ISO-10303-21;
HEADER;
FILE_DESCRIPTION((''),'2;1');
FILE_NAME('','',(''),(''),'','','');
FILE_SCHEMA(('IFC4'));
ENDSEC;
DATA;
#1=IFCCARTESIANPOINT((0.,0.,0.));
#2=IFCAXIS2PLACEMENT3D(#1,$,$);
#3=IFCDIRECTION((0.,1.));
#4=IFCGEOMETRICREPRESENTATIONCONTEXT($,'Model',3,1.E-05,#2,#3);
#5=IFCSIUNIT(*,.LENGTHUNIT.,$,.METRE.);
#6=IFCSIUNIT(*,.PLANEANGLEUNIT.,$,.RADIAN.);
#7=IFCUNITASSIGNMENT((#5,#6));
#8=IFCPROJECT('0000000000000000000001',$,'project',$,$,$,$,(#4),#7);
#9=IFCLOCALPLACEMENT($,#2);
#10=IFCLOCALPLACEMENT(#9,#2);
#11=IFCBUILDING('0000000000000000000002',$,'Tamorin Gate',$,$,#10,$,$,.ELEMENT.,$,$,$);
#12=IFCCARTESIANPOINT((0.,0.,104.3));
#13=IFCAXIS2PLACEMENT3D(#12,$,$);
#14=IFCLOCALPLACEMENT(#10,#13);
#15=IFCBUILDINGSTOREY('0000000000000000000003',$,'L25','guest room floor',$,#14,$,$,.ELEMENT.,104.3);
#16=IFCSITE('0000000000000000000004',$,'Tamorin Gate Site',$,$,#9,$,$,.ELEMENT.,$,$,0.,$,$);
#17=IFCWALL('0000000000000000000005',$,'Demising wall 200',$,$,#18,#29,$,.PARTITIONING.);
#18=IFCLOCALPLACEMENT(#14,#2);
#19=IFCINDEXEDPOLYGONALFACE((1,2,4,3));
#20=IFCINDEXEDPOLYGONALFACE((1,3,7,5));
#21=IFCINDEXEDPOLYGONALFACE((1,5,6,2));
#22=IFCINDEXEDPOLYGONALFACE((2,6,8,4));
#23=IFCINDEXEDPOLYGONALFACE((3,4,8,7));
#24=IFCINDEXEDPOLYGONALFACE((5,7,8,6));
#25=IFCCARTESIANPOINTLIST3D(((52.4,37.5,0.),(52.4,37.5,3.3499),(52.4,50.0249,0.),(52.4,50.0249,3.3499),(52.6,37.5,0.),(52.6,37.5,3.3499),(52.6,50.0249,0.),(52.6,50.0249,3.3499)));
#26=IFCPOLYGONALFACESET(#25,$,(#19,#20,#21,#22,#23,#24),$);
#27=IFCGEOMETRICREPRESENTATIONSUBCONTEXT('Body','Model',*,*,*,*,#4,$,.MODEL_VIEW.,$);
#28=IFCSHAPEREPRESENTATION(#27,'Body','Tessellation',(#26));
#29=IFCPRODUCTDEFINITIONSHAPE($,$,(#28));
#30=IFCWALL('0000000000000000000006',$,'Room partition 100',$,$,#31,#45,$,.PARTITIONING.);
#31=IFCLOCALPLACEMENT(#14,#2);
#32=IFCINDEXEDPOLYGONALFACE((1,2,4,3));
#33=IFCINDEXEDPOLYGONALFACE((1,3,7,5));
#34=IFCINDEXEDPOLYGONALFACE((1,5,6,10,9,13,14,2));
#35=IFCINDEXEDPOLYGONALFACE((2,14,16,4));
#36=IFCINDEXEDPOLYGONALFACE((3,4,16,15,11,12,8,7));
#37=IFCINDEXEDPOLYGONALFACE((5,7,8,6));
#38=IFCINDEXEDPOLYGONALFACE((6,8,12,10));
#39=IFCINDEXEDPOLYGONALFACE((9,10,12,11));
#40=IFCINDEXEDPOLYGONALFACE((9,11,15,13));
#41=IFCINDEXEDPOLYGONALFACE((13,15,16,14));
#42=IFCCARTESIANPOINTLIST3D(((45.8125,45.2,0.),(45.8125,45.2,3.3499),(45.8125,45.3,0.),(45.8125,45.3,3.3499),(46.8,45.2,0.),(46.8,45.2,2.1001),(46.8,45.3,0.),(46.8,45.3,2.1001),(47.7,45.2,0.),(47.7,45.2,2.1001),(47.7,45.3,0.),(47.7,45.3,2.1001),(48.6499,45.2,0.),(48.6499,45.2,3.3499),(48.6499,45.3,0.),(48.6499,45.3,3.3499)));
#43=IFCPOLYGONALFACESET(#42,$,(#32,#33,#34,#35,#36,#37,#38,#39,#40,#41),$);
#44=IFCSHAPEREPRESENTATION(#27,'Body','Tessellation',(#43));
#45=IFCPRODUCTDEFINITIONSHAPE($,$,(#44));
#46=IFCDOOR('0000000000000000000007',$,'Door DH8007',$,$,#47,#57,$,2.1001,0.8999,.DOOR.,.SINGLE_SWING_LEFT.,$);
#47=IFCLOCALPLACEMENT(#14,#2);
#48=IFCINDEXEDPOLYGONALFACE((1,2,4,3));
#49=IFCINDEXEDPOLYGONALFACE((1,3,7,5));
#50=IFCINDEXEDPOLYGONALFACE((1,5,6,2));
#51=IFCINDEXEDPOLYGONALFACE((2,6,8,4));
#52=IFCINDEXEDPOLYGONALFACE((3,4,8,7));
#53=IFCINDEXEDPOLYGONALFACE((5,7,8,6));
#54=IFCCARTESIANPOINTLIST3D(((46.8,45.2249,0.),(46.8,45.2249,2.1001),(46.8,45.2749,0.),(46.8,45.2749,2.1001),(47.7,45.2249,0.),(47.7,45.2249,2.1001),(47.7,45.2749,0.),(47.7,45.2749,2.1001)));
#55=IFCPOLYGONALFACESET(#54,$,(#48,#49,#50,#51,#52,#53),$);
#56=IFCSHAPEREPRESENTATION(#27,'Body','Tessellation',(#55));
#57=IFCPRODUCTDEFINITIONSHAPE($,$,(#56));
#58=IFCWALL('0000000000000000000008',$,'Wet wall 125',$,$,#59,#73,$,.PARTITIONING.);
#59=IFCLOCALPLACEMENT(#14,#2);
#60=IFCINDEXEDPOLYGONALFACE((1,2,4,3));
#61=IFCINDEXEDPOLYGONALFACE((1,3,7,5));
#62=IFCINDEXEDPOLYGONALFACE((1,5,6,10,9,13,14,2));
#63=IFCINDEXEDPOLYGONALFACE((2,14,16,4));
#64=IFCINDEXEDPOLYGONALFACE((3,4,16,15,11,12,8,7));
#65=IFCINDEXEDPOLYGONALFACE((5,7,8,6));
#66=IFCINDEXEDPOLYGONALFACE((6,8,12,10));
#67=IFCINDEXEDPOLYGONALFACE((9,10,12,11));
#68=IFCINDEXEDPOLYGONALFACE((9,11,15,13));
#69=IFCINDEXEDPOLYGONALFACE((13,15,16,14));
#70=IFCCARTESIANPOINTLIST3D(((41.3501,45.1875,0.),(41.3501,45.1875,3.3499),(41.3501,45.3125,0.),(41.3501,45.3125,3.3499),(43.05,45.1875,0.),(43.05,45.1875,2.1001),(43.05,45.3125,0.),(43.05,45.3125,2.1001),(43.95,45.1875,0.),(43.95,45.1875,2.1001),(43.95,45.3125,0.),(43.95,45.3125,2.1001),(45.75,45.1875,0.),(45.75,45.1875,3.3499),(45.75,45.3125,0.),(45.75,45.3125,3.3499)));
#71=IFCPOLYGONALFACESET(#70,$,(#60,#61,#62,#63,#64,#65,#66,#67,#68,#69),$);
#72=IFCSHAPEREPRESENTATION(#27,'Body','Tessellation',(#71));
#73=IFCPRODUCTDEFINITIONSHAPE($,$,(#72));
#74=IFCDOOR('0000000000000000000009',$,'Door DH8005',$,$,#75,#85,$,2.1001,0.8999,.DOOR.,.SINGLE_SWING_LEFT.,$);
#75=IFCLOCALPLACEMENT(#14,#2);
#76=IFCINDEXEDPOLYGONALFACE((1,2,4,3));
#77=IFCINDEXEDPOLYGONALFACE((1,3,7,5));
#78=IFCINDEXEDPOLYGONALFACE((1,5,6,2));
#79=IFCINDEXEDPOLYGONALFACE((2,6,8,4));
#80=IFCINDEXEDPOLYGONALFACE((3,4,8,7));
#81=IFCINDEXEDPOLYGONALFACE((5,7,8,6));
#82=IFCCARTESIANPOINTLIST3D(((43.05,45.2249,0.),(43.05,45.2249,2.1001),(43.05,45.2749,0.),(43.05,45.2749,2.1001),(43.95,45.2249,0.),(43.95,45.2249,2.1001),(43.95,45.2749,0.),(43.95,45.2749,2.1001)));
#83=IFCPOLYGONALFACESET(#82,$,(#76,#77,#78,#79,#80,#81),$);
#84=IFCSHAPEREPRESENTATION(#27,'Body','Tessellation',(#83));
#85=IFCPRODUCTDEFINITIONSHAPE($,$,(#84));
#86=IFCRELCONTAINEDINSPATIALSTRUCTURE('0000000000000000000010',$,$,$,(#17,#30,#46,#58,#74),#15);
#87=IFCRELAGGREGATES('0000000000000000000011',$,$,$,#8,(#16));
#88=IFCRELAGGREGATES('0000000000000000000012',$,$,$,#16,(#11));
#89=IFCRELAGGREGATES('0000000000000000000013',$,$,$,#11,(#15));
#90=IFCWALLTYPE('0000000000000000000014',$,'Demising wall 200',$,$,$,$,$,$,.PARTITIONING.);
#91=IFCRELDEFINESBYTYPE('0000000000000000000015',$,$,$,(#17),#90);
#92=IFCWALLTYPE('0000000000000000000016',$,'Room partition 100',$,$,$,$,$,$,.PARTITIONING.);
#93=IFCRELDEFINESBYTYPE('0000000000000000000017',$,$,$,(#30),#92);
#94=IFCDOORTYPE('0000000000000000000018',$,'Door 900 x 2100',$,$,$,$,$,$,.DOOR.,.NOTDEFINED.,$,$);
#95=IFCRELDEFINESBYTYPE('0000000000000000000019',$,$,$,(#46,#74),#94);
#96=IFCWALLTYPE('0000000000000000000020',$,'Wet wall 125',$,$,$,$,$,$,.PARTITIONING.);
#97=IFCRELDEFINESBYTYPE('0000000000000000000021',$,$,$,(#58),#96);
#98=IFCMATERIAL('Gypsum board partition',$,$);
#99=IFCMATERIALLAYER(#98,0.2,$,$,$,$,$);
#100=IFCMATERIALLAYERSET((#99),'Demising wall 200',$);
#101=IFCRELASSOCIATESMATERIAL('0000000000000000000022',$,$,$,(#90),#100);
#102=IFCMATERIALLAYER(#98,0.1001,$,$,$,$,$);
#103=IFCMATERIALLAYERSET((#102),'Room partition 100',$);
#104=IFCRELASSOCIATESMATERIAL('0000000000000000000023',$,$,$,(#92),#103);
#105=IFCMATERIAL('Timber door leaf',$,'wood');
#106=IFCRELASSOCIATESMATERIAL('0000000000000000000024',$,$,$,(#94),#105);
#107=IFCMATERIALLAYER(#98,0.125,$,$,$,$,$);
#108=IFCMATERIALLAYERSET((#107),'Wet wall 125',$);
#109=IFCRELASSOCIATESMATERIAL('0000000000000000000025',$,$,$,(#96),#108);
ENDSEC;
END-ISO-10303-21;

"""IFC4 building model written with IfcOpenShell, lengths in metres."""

from ifc_helpers import new_model, si_unit, direction, frame, frame_2d, origin, place, context, subcontext, project, spatial, rectangle, extrude, material, layer, layer_set, type_object, element, fill, save


model = new_model("IFC4")

# Units and contexts
model_context = context("Model", 3, precision=1e-05, world=origin(), true_north=direction((0.0, 1.0)))
body_context = subcontext(model_context, "Body", "Model", "MODEL_VIEW")
ifc_project = project(units=[si_unit("LENGTHUNIT", "METRE"), si_unit("PLANEANGLEUNIT", "RADIAN")], contexts=[model_context])

# Site, building, storey
site_placement = place(None, origin())
site = spatial("IfcSite", under=ifc_project, at=site_placement, Name="Tamorin Gate Site", CompositionType="ELEMENT", RefElevation=0.0)
building_placement = place(site_placement, origin())
building = spatial("IfcBuilding", under=site, at=building_placement, Name="Tamorin Gate", CompositionType="ELEMENT")
storey_placement = place(building_placement, frame((0.0, 0.0, 104.3)))
storey = spatial("IfcBuildingStorey", under=building, at=storey_placement, Name="L25", Description="guest room floor", CompositionType="ELEMENT", Elevation=104.3)

# Wall
ifc_material_1 = material(Name="Gypsum board partition")
ifc_layer_1 = layer(ifc_material_1, 0.2)
ifc_layer_set_1 = layer_set([ifc_layer_1], Name="Demising wall 200")
wall_type_1 = type_object("IfcWallType", Name="Demising wall 200", PredefinedType="PARTITIONING", material=ifc_layer_set_1)
wall_1_placement = place(storey_placement, frame((52.5, 37.5, 0.0), z_axis=(0.0, 0.0, 1.0), x_axis=(0.0, 1.0, 0.0)))
element("IfcWall", 1, at=wall_1_placement, inside=storey, type_object=wall_type_1, Name="Demising wall 200", PredefinedType="PARTITIONING", context=body_context, shape_type="SweptSolid", body=[
    extrude(rectangle(XDim=12.5249, YDim=0.2, at=frame_2d((6.2625, 0.0))), origin(), (0.0, 0.0, 1.0), 3.3499),
])

# Walls, openings, doors
ifc_layer_2 = layer(ifc_material_1, 0.1001)
ifc_layer_set_2 = layer_set([ifc_layer_2], Name="Room partition 100")
wall_type_2 = type_object("IfcWallType", Name="Room partition 100", PredefinedType="PARTITIONING", material=ifc_layer_set_2)
wall_2_placement = place(storey_placement, frame((45.8125, 45.25, 0.0), z_axis=(0.0, 0.0, 1.0), x_axis=(1.0, 0.0, 0.0)))
wall_2 = element("IfcWall", 2, at=wall_2_placement, inside=storey, type_object=wall_type_2, Name="Room partition 100", PredefinedType="PARTITIONING", context=body_context, shape_type="SweptSolid", body=[
    extrude(rectangle(XDim=2.8374, YDim=0.1001, at=frame_2d((1.4187, 0.0))), origin(), (0.0, 0.0, 1.0), 3.3499),
])
opening_1_placement = place(wall_2_placement, frame((0.9875, 0.0, 0.0)))
opening_1 = element("IfcOpeningElement", 3, at=opening_1_placement, cuts=wall_2, PredefinedType="OPENING", context=body_context, shape_type="SweptSolid", body=[
    extrude(rectangle(XDim=0.8999, YDim=2.1001, at=frame_2d((0.45, 1.05))), frame((0.0, 0.0601, 0.0), z_axis=(0.0, -1.0, 0.0), x_axis=(1.0, 0.0, 0.0)), (0.0, 0.0, 1.0), 0.1201),
])
ifc_material_2 = material(Name="Timber door leaf", Category="wood")
door_type = type_object("IfcDoorType", Name="Door 900 x 2100", OperationType="NOTDEFINED", PredefinedType="DOOR", material=ifc_material_2)
door_1_placement = place(opening_1_placement, origin())
door_1 = element("IfcDoor", 4, at=door_1_placement, inside=storey, type_object=door_type, Name="Door DH8007", OperationType="SINGLE_SWING_LEFT", OverallHeight=2.1001, OverallWidth=0.8999, PredefinedType="DOOR", context=body_context, shape_type="SweptSolid", body=[
    extrude(rectangle(XDim=0.8999, YDim=2.1001, at=frame_2d((0.45, 1.05))), frame((0.0, 0.0249, 0.0), z_axis=(0.0, -1.0, 0.0), x_axis=(1.0, 0.0, 0.0)), (0.0, 0.0, 1.0), 0.05),
])
fill(opening_1, door_1)
ifc_layer_3 = layer(ifc_material_1, 0.125)
ifc_layer_set_3 = layer_set([ifc_layer_3], Name="Wet wall 125")
wall_type_3 = type_object("IfcWallType", Name="Wet wall 125", PredefinedType="PARTITIONING", material=ifc_layer_set_3)
wall_3_placement = place(storey_placement, frame((41.3501, 45.25, 0.0), z_axis=(0.0, 0.0, 1.0), x_axis=(1.0, 0.0, 0.0)))
wall_3 = element("IfcWall", 5, at=wall_3_placement, inside=storey, type_object=wall_type_3, Name="Wet wall 125", PredefinedType="PARTITIONING", context=body_context, shape_type="SweptSolid", body=[
    extrude(rectangle(XDim=4.3999, YDim=0.125, at=frame_2d((2.2, 0.0))), origin(), (0.0, 0.0, 1.0), 3.3499),
])
opening_2_placement = place(wall_3_placement, frame((1.7, 0.0, 0.0)))
opening_2 = element("IfcOpeningElement", 6, at=opening_2_placement, cuts=wall_3, PredefinedType="OPENING", context=body_context, shape_type="SweptSolid", body=[
    extrude(rectangle(XDim=0.8999, YDim=2.1001, at=frame_2d((0.45, 1.05))), frame((0.0, 0.0725, 0.0), z_axis=(0.0, -1.0, 0.0), x_axis=(1.0, 0.0, 0.0)), (0.0, 0.0, 1.0), 0.145),
])
door_2_placement = place(opening_2_placement, origin())
door_2 = element("IfcDoor", 7, at=door_2_placement, inside=storey, type_object=door_type, Name="Door DH8005", OperationType="SINGLE_SWING_LEFT", OverallHeight=2.1001, OverallWidth=0.8999, PredefinedType="DOOR", context=body_context, shape_type="SweptSolid", body=[
    extrude(rectangle(XDim=0.8999, YDim=2.1001, at=frame_2d((0.45, 1.05))), frame((0.0, 0.0249, 0.0), z_axis=(0.0, -1.0, 0.0), x_axis=(1.0, 0.0, 0.0)), (0.0, 0.0, 1.0), 0.05),
])
fill(opening_2, door_2)

save(model, "model.ifc")
